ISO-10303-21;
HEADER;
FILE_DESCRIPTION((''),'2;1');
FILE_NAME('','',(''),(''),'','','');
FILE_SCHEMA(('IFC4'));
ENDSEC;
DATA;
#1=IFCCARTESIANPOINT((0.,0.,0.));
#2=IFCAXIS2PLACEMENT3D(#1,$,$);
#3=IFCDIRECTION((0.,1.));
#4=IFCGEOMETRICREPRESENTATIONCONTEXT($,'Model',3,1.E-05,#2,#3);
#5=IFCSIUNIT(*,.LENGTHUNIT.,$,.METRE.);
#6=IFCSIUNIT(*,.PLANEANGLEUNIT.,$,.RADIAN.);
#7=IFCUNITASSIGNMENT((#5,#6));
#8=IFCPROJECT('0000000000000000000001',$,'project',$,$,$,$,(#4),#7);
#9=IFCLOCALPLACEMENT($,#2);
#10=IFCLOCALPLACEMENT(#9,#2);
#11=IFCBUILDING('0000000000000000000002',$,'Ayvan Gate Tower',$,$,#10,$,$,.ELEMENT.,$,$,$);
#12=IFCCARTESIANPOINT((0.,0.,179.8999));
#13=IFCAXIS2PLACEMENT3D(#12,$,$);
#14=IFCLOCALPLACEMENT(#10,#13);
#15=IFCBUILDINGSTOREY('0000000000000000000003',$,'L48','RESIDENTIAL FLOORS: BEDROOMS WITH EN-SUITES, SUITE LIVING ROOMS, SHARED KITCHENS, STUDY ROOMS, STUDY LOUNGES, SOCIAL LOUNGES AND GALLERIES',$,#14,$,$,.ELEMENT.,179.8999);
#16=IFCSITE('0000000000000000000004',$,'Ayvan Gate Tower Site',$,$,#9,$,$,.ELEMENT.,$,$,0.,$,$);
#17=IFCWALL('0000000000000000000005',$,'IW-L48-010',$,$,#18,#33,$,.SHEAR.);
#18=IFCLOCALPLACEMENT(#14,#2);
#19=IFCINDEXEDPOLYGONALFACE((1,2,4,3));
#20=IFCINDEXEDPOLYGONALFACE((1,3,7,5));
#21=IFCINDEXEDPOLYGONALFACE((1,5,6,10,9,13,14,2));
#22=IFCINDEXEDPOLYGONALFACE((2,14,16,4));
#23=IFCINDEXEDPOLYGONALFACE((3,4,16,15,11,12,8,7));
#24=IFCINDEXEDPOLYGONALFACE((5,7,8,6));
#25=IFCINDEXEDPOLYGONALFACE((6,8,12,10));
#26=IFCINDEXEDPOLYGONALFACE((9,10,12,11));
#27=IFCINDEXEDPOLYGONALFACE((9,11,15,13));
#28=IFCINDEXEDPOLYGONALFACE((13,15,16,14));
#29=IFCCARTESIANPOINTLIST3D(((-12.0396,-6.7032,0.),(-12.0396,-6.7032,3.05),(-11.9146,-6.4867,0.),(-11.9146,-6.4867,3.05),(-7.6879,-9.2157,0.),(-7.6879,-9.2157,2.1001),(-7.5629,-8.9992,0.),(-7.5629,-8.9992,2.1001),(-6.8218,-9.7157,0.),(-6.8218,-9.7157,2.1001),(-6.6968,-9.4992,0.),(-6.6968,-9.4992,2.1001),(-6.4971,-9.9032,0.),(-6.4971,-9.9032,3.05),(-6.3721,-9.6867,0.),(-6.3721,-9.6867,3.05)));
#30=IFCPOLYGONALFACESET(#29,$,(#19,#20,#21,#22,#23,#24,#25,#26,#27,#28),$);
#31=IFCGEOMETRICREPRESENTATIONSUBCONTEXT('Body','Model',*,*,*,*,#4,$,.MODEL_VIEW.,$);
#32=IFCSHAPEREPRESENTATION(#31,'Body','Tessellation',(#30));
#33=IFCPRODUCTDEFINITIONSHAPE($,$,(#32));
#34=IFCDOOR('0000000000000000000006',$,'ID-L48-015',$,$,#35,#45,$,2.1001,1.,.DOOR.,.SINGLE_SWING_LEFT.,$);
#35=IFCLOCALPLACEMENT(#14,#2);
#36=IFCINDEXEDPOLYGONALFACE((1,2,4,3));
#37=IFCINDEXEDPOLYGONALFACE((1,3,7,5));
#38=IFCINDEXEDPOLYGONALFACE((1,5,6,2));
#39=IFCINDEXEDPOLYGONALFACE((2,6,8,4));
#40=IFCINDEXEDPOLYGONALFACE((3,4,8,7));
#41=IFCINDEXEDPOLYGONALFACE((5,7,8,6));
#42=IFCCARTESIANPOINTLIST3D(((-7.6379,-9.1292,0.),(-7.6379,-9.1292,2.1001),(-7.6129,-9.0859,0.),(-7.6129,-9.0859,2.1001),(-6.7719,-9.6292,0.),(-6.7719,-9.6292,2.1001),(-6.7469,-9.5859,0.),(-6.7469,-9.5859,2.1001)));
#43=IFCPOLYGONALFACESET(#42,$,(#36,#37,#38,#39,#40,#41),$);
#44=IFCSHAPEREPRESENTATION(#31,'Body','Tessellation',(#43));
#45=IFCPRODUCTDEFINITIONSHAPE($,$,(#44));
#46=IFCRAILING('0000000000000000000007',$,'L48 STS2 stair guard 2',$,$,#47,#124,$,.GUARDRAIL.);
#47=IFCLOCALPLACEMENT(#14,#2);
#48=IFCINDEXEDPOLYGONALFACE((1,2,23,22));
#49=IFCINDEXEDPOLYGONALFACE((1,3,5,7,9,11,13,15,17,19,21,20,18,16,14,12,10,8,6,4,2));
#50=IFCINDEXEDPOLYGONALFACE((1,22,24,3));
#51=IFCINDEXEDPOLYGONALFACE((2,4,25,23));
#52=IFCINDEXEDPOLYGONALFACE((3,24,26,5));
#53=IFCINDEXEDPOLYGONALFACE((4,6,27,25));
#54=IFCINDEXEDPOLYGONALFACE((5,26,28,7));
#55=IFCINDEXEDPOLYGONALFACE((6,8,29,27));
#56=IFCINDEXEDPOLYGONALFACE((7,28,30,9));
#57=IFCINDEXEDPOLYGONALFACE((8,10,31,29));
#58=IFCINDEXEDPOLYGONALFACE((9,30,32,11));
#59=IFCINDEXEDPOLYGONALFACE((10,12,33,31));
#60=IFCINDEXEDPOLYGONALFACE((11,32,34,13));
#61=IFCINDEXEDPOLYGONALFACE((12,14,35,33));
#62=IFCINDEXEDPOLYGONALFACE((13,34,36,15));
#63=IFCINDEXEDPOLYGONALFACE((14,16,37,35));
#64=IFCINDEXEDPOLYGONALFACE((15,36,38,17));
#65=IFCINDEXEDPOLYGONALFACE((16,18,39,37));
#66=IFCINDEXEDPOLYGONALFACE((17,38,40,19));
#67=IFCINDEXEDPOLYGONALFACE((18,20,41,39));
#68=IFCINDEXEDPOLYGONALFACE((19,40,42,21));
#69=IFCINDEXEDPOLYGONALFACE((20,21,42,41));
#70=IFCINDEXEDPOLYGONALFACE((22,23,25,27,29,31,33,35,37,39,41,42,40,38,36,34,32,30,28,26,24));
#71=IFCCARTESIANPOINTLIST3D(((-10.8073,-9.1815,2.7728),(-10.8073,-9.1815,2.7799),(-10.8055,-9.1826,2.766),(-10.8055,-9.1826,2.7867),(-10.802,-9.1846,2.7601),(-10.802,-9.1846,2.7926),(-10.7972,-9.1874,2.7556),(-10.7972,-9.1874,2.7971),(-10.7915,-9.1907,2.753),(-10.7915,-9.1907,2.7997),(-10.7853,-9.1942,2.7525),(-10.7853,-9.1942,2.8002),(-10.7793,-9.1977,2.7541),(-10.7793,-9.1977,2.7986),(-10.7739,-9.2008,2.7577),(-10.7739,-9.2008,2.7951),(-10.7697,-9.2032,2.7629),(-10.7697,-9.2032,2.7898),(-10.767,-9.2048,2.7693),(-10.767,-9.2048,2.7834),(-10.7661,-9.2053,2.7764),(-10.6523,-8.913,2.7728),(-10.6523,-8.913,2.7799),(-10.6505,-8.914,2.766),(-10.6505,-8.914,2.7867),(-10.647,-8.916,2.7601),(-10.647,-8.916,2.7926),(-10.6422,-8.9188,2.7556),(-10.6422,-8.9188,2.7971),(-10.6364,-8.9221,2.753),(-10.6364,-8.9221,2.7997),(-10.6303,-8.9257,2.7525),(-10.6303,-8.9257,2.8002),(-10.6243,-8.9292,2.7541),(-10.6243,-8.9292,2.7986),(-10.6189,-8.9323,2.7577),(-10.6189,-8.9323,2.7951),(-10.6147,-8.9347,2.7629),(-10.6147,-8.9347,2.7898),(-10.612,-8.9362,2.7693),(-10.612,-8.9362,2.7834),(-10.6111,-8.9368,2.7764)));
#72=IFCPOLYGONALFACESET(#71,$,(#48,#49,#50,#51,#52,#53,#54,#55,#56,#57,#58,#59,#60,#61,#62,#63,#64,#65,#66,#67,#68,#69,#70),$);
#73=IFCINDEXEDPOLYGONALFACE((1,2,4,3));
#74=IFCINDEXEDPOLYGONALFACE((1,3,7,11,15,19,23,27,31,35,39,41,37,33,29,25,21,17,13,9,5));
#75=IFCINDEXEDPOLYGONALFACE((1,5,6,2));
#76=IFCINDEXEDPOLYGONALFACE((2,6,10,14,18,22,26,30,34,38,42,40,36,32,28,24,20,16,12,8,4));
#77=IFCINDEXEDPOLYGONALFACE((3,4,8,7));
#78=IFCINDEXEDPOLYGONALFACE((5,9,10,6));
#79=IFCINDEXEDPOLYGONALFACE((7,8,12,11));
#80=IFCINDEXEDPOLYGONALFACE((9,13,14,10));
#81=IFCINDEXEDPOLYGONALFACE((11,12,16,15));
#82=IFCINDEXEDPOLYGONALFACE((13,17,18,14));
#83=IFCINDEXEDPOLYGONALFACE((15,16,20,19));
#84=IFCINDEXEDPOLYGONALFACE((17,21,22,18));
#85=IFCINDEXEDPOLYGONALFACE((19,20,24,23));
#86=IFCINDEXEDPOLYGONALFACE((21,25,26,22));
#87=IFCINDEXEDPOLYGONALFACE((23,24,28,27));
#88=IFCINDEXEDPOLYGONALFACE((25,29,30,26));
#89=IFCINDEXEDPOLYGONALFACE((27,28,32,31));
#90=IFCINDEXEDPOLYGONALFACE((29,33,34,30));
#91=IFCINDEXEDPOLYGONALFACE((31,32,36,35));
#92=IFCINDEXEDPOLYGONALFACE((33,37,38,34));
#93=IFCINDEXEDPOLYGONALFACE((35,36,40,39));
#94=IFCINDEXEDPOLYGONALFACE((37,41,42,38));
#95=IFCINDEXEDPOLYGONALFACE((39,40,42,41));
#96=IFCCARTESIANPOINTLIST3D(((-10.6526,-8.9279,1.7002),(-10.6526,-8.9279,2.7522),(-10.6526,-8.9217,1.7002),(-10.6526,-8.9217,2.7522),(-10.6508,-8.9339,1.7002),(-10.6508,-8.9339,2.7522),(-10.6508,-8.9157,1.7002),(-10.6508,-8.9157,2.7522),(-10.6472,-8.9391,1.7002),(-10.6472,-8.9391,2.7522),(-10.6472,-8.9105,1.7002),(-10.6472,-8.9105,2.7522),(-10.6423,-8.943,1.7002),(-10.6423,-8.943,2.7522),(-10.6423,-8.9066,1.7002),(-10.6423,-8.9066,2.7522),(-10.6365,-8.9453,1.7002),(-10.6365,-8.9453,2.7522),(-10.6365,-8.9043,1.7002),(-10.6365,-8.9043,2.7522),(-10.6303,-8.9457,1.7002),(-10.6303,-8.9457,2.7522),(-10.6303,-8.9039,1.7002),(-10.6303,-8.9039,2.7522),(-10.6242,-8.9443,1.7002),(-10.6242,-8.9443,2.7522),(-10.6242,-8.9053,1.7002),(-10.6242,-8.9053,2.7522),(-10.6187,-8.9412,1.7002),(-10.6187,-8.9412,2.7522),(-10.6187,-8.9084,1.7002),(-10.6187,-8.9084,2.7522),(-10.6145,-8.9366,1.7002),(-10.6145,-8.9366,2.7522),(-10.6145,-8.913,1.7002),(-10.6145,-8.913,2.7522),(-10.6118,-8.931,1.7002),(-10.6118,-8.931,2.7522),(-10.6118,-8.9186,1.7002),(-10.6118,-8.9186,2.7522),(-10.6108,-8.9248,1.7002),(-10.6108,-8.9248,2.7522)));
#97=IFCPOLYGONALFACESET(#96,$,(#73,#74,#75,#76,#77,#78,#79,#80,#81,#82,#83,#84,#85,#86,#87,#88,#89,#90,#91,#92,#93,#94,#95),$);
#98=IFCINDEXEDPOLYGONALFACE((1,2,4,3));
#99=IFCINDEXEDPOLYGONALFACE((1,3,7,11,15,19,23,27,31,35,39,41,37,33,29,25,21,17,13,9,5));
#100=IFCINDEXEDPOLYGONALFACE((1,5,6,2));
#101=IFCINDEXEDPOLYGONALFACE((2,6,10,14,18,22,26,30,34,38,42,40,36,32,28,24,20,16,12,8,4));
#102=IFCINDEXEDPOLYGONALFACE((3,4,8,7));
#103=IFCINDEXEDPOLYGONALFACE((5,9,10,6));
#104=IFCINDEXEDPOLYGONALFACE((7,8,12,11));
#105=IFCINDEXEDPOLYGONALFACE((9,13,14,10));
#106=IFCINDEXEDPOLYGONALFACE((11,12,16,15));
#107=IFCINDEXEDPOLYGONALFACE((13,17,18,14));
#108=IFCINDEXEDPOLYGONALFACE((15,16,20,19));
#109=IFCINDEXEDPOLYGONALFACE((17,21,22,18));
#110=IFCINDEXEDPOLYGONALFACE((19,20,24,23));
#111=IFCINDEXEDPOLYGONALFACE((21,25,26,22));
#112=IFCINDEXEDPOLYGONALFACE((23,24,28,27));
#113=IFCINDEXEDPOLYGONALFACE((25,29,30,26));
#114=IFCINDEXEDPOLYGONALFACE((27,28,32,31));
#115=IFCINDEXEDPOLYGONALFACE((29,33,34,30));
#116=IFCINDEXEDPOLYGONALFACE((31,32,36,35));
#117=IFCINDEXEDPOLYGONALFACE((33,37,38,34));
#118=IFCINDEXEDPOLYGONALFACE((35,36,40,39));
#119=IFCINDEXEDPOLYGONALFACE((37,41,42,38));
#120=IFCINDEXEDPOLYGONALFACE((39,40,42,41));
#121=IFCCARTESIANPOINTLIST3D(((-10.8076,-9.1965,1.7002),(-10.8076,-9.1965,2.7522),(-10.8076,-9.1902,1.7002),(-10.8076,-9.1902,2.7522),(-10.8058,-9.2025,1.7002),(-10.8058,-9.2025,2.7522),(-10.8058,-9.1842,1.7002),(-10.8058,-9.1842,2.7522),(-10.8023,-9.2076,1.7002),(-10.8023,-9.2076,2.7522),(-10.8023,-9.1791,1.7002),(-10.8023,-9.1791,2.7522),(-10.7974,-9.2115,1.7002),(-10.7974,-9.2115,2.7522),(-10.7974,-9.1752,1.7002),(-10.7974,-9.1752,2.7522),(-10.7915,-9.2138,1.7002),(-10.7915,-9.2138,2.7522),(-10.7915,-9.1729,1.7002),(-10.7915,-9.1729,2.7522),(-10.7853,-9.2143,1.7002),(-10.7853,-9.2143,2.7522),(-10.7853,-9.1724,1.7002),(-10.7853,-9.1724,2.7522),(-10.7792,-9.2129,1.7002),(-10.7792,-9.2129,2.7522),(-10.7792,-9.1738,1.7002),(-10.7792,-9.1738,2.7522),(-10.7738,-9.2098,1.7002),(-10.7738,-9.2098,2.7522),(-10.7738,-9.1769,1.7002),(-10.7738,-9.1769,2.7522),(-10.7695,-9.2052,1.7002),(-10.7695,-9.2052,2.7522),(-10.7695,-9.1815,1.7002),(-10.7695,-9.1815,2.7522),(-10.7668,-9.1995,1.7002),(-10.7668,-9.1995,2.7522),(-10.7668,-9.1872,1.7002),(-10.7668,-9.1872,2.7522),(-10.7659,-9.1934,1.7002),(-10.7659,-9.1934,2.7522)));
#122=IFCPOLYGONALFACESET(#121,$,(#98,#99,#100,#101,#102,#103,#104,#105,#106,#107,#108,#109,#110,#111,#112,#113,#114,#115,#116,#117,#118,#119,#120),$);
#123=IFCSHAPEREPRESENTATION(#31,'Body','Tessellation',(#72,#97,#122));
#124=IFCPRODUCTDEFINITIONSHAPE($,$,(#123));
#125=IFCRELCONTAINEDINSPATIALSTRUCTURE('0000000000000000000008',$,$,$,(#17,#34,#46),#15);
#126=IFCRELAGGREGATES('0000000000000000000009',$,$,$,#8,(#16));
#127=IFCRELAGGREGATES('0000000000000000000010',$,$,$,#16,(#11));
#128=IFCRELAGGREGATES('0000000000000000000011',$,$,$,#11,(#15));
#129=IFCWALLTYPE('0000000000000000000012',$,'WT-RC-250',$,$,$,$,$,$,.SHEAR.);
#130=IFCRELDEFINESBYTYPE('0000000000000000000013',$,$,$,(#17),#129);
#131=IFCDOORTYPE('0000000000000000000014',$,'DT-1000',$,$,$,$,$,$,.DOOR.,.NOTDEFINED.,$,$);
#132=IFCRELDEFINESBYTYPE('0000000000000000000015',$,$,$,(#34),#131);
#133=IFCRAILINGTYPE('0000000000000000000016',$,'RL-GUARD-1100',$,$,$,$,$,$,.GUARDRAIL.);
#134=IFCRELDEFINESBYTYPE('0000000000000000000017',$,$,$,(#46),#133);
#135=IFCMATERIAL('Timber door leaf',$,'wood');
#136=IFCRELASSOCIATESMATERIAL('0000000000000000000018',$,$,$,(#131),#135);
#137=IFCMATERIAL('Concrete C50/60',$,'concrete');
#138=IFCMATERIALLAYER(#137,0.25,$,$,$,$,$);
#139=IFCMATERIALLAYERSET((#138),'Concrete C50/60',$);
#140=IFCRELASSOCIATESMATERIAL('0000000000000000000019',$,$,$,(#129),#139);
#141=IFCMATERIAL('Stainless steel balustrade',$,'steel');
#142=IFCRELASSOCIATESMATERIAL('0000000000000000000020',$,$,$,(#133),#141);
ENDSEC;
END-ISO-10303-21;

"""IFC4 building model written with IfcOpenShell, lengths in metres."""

from ifc_helpers import new_model, si_unit, direction, frame, frame_2d, origin, origin_2d, place, context, subcontext, project, spatial, rectangle, circle, extrude, material, layer, layer_set, type_object, element, fill, save


model = new_model("IFC4")

# Units and contexts
model_context = context("Model", 3, precision=1e-05, world=origin(), true_north=direction((0.0, 1.0)))
body_context = subcontext(model_context, "Body", "Model", "MODEL_VIEW")
ifc_project = project(units=[si_unit("LENGTHUNIT", "METRE"), si_unit("PLANEANGLEUNIT", "RADIAN")], contexts=[model_context])

# Site, building, storey
site_placement = place(None, origin())
site = spatial("IfcSite", under=ifc_project, at=site_placement, Name="Ayvan Gate Tower Site", CompositionType="ELEMENT", RefElevation=0.0)
building_placement = place(site_placement, origin())
building = spatial("IfcBuilding", under=site, at=building_placement, Name="Ayvan Gate Tower", CompositionType="ELEMENT")
storey_placement = place(building_placement, frame((0.0, 0.0, 179.8999)))
storey = spatial("IfcBuildingStorey", under=building, at=storey_placement, Name="L48", Description="RESIDENTIAL FLOORS: BEDROOMS WITH EN-SUITES, SUITE LIVING ROOMS, SHARED KITCHENS, STUDY ROOMS, STUDY LOUNGES, SOCIAL LOUNGES AND GALLERIES", CompositionType="ELEMENT", Elevation=179.8999)

# Shared definitions
ifc_material_1 = material(Name="Timber door leaf", Category="wood")
door_type_1 = type_object("IfcDoorType", Name="DT-1000", OperationType="NOTDEFINED", PredefinedType="DOOR", material=ifc_material_1)

# Wall, opening, door
ifc_material_2 = material(Name="Concrete C50/60", Category="concrete")
ifc_layer_1 = layer(ifc_material_2, 0.25)
ifc_layer_set_1 = layer_set([ifc_layer_1], Name="Concrete C50/60")
wall_type_1 = type_object("IfcWallType", Name="WT-RC-250", PredefinedType="SHEAR", material=ifc_layer_set_1)
wall_1_placement = place(storey_placement, frame((-11.9771, -6.595, 0.0), z_axis=(0.0, 0.0, 1.0), x_axis=(0.866025, -0.5, 0.0)))
wall_1 = element("IfcWall", 1, at=wall_1_placement, inside=storey, type_object=wall_type_1, Name="IW-L48-010", PredefinedType="SHEAR", context=body_context, shape_type="SweptSolid", body=[
    extrude(rectangle(XDim=6.3999, YDim=0.25, at=frame_2d((3.2, 0.0))), origin(), (0.0, 0.0, 1.0), 3.05),
])
opening_1_placement = place(wall_1_placement, frame((5.0249, 0.0, 0.0)))
opening_1 = element("IfcOpeningElement", 2, at=opening_1_placement, cuts=wall_1, PredefinedType="OPENING", context=body_context, shape_type="SweptSolid", body=[
    extrude(rectangle(XDim=1.0, YDim=2.1001, at=frame_2d((0.5, 1.05))), frame((0.0, 0.135, 0.0), z_axis=(0.0, -1.0, 0.0), x_axis=(1.0, 0.0, 0.0)), (0.0, 0.0, 1.0), 0.27),
])
door_1_placement = place(opening_1_placement, origin())
door_1 = element("IfcDoor", 3, at=door_1_placement, inside=storey, type_object=door_type_1, Name="ID-L48-015", OperationType="SINGLE_SWING_LEFT", OverallHeight=2.1001, OverallWidth=1.0, PredefinedType="DOOR", context=body_context, shape_type="SweptSolid", body=[
    extrude(rectangle(XDim=1.0, YDim=2.1001, at=frame_2d((0.5, 1.05))), frame((0.0, 0.0249, 0.0), z_axis=(0.0, -1.0, 0.0), x_axis=(1.0, 0.0, 0.0)), (0.0, 0.0, 1.0), 0.05),
])
fill(opening_1, door_1)

# Railing
ifc_material_3 = material(Name="Stainless steel balustrade", Category="steel")
railing_type_1 = type_object("IfcRailingType", Name="RL-GUARD-1100", PredefinedType="GUARDRAIL", material=ifc_material_3)
railing_1_placement = place(storey_placement, frame((-10.6318, -8.9248, 1.7002)))
element("IfcRailing", 4, at=railing_1_placement, inside=storey, type_object=railing_type_1, Name="L48 STS2 stair guard 2", PredefinedType="GUARDRAIL", context=body_context, shape_type="SweptSolid", body=[
    extrude(circle(Radius=0.0239, at=origin_2d()), frame((0.0, 0.0, 1.0762), z_axis=(-0.49995, -0.866054, 0.0), x_axis=(0.866054, -0.49995, 0.0)), (0.0, 0.0, 1.0), 0.3101),
    extrude(circle(Radius=0.021, at=origin_2d()), origin(), (0.0, 0.0, 1.0), 1.052),
    extrude(circle(Radius=0.021, at=origin_2d()), frame((-0.155, -0.2686, 0.0)), (0.0, 0.0, 1.0), 1.052),
])

save(model, "model.ifc")
